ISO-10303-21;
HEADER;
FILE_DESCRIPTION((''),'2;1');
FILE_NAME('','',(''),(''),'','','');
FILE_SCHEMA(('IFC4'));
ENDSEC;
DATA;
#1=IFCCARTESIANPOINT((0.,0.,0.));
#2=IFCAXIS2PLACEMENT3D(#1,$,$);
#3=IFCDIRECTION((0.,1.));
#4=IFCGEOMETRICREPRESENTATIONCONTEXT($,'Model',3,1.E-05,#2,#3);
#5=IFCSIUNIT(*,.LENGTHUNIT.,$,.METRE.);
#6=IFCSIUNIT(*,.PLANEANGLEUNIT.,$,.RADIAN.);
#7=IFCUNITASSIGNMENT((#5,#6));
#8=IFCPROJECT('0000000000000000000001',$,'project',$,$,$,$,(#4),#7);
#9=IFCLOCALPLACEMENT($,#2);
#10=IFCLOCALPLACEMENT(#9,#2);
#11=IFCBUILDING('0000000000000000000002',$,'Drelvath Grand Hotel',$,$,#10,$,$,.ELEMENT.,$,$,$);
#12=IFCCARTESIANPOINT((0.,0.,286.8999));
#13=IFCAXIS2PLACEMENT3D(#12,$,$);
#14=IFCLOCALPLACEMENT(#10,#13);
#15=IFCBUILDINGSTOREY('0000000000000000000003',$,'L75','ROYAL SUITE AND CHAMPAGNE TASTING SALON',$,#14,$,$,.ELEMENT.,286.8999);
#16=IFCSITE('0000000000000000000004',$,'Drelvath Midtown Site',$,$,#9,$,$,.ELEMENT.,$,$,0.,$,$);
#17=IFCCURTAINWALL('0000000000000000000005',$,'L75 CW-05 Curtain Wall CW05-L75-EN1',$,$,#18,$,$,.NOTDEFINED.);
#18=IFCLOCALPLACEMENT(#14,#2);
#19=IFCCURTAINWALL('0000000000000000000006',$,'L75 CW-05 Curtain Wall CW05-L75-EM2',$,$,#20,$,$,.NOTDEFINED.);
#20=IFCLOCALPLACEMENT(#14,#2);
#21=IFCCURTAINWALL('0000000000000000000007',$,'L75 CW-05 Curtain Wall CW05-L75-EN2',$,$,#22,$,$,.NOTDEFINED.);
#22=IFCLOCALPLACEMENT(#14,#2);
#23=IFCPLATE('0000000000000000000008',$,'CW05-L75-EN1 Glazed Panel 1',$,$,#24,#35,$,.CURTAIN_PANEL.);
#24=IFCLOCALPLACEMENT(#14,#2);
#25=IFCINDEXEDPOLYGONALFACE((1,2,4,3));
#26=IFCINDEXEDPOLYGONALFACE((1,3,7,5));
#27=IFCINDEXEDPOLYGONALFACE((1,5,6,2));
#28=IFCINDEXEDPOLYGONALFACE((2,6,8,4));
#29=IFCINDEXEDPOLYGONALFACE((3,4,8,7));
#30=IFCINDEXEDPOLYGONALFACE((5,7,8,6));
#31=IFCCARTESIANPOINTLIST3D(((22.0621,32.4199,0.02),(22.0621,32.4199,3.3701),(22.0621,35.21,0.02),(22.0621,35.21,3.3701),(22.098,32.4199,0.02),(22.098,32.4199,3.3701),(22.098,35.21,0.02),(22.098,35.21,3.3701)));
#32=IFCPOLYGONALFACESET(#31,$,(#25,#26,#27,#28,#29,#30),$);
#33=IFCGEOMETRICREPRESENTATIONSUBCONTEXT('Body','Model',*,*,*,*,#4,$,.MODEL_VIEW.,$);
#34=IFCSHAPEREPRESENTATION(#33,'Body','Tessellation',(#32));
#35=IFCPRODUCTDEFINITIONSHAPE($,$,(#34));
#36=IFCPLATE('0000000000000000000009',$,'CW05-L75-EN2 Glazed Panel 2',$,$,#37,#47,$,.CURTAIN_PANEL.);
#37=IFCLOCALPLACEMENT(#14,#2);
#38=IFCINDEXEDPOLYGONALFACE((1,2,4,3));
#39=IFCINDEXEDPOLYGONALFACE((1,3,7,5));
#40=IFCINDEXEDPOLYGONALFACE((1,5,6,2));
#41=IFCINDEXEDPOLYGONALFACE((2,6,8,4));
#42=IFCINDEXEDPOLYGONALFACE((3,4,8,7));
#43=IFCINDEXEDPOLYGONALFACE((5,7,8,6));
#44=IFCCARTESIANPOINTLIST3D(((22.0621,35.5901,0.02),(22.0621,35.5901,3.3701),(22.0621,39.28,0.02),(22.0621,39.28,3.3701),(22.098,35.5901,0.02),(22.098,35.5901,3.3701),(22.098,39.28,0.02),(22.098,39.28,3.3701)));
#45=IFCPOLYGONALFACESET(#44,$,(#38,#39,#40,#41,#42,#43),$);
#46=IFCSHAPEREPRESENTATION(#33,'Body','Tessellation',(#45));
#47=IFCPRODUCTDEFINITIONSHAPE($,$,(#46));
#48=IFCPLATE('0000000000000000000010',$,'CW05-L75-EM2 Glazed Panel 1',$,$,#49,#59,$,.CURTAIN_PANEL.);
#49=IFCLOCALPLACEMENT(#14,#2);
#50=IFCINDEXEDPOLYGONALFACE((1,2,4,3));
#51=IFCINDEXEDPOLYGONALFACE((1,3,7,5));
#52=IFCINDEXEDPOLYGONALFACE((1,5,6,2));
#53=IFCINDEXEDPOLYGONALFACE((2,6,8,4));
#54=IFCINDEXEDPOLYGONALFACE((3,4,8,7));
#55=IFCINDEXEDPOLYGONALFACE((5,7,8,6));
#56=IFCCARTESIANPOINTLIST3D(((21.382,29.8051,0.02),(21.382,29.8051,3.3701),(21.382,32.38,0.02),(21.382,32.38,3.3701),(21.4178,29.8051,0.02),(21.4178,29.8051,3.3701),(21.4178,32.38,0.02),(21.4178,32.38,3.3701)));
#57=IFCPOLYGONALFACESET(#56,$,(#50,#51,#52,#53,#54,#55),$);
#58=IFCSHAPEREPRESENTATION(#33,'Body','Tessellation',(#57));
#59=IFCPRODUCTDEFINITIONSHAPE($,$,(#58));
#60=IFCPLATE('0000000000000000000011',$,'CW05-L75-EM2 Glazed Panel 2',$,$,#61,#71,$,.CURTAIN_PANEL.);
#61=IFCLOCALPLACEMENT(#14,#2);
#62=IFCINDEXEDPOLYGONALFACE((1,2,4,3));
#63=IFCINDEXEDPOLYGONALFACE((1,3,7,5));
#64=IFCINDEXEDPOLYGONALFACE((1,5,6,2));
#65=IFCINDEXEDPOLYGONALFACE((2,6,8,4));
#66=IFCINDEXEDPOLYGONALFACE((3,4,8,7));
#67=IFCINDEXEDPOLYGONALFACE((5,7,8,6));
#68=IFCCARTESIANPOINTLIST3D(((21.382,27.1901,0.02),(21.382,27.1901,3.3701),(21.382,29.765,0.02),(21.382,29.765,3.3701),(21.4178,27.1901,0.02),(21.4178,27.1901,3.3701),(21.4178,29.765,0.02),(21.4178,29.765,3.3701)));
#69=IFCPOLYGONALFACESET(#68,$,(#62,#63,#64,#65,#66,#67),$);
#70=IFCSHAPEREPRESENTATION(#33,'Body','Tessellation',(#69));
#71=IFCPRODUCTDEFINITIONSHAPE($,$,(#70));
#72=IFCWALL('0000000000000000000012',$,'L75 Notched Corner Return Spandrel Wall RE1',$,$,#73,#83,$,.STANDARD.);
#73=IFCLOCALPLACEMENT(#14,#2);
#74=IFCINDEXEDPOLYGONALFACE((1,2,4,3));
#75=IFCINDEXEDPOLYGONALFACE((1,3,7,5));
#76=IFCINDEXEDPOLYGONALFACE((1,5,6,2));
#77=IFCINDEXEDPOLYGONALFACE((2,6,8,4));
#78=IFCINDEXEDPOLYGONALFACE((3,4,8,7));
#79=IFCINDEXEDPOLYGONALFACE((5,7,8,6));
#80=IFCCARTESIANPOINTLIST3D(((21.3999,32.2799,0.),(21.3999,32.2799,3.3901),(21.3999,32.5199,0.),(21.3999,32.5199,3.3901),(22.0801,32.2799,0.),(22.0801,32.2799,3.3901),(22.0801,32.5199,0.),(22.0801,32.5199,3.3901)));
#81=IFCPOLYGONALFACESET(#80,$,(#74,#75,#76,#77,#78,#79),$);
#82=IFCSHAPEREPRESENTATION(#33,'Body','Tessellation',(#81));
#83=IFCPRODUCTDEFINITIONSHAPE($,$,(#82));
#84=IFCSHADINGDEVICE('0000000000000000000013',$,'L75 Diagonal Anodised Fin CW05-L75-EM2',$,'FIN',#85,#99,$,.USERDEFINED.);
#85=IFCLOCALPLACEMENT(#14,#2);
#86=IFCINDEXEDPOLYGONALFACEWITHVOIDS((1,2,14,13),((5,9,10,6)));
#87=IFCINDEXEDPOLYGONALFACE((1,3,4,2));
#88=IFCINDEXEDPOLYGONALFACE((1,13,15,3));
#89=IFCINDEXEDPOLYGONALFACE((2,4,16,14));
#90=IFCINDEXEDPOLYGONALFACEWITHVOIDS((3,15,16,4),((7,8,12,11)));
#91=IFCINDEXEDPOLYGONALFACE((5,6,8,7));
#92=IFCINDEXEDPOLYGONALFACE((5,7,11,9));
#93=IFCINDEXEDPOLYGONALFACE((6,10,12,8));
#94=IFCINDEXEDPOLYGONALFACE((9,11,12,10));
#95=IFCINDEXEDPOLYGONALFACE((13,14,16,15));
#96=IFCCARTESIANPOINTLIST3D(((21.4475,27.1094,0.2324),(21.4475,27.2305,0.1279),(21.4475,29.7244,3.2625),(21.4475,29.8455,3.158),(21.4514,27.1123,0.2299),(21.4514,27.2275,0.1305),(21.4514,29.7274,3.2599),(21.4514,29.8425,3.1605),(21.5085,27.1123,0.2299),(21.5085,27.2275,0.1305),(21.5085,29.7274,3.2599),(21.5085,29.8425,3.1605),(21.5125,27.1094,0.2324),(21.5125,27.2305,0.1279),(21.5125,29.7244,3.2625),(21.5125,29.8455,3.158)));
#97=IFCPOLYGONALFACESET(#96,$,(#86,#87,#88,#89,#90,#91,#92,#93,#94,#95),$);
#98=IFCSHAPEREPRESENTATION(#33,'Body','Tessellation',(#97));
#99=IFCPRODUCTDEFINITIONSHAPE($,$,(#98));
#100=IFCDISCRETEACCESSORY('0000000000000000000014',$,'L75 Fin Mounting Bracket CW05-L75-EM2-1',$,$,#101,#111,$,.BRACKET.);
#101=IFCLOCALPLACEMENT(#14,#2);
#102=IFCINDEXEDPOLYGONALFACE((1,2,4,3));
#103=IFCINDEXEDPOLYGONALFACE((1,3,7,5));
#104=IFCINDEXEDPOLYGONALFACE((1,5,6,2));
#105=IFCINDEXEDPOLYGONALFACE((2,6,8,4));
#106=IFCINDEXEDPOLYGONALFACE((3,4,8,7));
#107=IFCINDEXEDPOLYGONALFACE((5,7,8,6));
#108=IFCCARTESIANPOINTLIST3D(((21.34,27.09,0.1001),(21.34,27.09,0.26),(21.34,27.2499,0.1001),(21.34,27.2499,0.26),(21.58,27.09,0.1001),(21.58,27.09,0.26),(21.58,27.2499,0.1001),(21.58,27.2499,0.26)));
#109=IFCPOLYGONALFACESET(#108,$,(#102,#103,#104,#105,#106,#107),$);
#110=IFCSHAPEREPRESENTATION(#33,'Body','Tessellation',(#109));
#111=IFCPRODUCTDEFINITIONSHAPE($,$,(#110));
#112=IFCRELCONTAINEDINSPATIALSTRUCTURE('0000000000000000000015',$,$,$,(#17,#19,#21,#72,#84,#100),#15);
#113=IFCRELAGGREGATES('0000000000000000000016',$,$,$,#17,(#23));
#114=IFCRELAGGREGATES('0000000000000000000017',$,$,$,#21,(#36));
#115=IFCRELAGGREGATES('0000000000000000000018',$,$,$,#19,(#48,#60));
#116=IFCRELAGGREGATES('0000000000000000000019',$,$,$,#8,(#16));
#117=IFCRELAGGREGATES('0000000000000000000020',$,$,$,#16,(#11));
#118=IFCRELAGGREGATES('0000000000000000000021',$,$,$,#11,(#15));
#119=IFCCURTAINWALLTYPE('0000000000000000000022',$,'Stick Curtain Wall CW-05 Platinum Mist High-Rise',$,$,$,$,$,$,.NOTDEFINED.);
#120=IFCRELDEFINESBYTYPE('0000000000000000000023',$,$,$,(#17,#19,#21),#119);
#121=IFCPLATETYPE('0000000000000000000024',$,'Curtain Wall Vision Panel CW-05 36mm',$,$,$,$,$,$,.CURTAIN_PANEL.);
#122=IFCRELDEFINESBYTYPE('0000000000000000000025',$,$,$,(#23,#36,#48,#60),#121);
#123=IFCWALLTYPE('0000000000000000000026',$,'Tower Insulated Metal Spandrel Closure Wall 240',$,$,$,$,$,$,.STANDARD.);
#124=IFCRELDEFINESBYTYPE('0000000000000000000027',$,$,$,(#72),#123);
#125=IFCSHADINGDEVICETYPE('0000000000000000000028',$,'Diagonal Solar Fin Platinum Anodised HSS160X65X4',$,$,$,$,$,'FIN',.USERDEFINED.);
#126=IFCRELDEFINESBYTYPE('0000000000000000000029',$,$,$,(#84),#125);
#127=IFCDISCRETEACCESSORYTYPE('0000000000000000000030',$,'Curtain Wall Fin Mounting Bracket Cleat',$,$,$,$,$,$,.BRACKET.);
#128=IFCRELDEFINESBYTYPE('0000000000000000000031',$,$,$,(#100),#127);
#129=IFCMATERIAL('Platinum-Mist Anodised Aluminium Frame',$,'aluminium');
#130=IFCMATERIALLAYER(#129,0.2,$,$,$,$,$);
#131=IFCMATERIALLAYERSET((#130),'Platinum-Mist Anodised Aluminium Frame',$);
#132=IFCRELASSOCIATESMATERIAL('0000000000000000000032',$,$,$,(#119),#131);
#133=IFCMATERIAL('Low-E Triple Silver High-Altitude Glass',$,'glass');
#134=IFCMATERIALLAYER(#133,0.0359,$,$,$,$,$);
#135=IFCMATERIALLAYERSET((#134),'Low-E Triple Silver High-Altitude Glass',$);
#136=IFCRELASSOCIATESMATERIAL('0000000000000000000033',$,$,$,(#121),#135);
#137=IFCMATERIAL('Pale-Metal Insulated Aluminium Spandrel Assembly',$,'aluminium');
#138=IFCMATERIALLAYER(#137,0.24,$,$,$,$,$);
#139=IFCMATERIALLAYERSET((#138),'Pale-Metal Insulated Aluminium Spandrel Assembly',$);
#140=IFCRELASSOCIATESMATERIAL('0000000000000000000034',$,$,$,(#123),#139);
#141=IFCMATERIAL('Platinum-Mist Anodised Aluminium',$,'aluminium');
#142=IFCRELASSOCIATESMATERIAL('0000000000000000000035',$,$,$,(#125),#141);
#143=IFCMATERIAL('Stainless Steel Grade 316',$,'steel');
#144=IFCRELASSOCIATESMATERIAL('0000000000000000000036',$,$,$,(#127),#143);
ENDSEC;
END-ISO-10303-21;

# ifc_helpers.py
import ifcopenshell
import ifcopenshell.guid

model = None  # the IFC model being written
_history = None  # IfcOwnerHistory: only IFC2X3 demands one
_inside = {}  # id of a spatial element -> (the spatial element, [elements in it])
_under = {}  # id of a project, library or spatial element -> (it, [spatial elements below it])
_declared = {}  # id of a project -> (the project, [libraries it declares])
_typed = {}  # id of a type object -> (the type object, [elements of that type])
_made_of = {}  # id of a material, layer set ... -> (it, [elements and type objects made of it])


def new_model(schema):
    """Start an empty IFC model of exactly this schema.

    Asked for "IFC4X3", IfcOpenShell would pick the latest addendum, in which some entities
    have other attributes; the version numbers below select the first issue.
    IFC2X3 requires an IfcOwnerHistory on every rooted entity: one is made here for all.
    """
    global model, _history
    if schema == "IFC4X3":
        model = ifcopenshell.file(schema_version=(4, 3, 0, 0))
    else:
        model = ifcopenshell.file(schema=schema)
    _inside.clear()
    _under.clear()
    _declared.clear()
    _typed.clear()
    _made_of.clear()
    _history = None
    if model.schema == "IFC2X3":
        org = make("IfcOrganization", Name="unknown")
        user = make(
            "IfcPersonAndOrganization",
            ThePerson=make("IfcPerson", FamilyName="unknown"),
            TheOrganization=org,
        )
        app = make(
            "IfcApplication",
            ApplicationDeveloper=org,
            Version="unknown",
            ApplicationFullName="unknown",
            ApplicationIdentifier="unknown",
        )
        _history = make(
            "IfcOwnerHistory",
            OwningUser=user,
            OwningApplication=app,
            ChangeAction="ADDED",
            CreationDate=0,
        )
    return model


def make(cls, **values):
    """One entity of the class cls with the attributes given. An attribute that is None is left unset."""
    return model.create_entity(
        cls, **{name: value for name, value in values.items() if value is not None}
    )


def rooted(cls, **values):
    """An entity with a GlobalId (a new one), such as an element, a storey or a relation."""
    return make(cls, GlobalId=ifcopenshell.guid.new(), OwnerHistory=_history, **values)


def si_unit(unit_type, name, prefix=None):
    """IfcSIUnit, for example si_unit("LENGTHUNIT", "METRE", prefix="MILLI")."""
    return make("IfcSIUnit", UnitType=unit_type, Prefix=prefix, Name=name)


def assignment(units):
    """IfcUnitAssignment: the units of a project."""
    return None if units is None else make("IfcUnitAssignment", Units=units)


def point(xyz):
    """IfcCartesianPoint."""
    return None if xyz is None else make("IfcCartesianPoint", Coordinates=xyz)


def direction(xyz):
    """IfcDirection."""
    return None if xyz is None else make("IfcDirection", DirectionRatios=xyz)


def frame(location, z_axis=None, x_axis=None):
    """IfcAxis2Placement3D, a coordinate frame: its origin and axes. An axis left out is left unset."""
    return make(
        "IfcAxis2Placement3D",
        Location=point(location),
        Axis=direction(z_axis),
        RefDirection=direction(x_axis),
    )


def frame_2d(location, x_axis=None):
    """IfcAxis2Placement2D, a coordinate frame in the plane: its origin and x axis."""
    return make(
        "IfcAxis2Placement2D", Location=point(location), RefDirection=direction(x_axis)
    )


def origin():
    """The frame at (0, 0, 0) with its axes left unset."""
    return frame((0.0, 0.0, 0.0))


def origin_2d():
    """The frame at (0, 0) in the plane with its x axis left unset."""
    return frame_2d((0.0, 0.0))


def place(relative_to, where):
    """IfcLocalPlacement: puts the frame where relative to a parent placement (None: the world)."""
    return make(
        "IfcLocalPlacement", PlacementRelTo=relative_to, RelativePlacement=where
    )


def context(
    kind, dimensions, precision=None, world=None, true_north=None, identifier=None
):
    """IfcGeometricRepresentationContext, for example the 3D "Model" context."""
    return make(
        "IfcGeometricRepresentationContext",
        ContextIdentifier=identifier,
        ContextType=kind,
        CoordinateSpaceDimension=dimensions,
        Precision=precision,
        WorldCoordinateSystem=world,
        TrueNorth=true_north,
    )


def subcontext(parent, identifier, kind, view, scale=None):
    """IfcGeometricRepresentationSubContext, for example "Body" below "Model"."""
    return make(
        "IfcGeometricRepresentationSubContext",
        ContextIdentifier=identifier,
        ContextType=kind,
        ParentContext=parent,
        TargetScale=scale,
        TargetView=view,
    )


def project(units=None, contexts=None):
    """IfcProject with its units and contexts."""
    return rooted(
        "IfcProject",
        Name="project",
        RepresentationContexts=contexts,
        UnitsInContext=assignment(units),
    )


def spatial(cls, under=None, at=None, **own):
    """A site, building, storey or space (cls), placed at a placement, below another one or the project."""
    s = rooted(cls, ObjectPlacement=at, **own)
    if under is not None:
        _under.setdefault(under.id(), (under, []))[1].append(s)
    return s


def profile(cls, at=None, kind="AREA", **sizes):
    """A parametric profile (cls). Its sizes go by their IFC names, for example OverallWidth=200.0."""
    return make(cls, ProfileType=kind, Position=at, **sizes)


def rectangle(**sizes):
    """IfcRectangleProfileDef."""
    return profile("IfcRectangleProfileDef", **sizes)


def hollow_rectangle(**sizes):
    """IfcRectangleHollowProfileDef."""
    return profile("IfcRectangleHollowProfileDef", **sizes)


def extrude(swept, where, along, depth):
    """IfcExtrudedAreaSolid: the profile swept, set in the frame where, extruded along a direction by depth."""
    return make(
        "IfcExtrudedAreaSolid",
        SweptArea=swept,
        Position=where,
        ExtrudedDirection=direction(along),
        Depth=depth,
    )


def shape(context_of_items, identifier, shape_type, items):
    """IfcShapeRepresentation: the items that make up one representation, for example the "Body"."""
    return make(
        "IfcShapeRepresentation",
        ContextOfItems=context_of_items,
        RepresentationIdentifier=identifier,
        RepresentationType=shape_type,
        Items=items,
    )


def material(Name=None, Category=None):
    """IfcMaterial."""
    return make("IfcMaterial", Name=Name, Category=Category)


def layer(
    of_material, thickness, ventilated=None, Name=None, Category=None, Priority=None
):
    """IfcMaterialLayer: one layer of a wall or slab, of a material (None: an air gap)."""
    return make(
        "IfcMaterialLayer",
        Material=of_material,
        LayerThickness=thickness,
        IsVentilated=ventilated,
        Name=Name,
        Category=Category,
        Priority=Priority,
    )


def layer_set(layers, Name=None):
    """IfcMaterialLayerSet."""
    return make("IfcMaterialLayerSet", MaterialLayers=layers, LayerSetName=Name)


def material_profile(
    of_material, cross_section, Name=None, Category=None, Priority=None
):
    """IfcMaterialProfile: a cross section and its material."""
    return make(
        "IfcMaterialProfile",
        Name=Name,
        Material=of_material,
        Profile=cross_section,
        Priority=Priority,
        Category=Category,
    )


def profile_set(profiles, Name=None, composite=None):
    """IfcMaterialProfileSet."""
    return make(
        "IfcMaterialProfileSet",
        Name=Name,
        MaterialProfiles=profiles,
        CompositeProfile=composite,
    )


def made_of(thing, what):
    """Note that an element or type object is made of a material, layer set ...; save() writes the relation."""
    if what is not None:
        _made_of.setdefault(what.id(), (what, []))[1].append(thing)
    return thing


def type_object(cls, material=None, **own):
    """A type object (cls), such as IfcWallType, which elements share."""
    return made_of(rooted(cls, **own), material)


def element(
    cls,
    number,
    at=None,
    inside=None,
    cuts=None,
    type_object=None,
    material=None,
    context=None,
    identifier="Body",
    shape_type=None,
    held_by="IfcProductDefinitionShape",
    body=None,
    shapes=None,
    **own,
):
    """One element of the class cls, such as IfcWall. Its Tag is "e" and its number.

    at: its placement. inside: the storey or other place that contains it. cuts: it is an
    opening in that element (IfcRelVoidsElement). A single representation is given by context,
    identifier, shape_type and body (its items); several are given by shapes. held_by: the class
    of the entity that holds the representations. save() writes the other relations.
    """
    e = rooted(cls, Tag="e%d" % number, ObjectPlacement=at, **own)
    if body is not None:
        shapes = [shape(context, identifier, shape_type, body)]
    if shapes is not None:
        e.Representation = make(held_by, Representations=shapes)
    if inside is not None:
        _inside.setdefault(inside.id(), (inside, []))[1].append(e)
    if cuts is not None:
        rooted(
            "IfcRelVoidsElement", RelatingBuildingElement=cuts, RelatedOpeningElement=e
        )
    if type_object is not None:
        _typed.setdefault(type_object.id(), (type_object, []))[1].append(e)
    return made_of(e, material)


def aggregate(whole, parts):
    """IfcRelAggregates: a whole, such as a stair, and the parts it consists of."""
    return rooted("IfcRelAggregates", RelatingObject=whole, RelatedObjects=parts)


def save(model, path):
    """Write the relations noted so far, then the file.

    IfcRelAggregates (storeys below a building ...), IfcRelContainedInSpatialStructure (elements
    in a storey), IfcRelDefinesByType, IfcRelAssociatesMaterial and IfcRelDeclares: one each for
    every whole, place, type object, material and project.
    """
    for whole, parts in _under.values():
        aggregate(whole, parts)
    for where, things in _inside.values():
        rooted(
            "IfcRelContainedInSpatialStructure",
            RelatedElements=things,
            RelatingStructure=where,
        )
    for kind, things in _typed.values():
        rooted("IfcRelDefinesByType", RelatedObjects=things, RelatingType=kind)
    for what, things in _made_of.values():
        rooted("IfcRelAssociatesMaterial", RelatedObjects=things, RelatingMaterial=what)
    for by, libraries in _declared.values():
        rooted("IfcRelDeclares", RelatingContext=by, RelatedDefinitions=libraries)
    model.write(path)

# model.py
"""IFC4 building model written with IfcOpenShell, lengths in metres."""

from ifc_helpers import new_model, si_unit, direction, frame, frame_2d, origin, origin_2d, place, context, subcontext, project, spatial, rectangle, hollow_rectangle, extrude, material, layer, layer_set, material_profile, profile_set, type_object, element, aggregate, save


model = new_model("IFC4")

# Units and contexts
model_context = context("Model", 3, precision=1e-05, world=origin(), true_north=direction((0.0, 1.0)))
body_context = subcontext(model_context, "Body", "Model", "MODEL_VIEW")
ifc_project = project(units=[si_unit("LENGTHUNIT", "METRE"), si_unit("PLANEANGLEUNIT", "RADIAN")], contexts=[model_context])

# Site, building, storey
site_placement = place(None, origin())
site = spatial("IfcSite", under=ifc_project, at=site_placement, Name="Drelvath Midtown Site", CompositionType="ELEMENT", RefElevation=0.0)
building_placement = place(site_placement, origin())
building = spatial("IfcBuilding", under=site, at=building_placement, Name="Drelvath Grand Hotel", CompositionType="ELEMENT")
storey_placement = place(building_placement, frame((0.0, 0.0, 286.8999)))
storey = spatial("IfcBuildingStorey", under=building, at=storey_placement, Name="L75", Description="ROYAL SUITE AND CHAMPAGNE TASTING SALON", CompositionType="ELEMENT", Elevation=286.8999)

# Curtain walls
ifc_material_1 = material(Name="Platinum-Mist Anodised Aluminium Frame", Category="aluminium")
ifc_layer_1 = layer(ifc_material_1, 0.2)
ifc_layer_set_1 = layer_set([ifc_layer_1], Name="Platinum-Mist Anodised Aluminium Frame")
curtain_wall_type = type_object("IfcCurtainWallType", Name="Stick Curtain Wall CW-05 Platinum Mist High-Rise", PredefinedType="NOTDEFINED", material=ifc_layer_set_1)
curtain_wall_1_placement = place(storey_placement, origin())
curtain_wall_1 = element("IfcCurtainWall", 1, at=curtain_wall_1_placement, inside=storey, type_object=curtain_wall_type, Name="L75 CW-05 Curtain Wall CW05-L75-EN1", PredefinedType="NOTDEFINED")
curtain_wall_2_placement = place(storey_placement, origin())
curtain_wall_2 = element("IfcCurtainWall", 2, at=curtain_wall_2_placement, inside=storey, type_object=curtain_wall_type, Name="L75 CW-05 Curtain Wall CW05-L75-EM2", PredefinedType="NOTDEFINED")

# Curtain wall
curtain_wall_3_placement = place(storey_placement, origin())
curtain_wall_3 = element("IfcCurtainWall", 3, at=curtain_wall_3_placement, inside=storey, type_object=curtain_wall_type, Name="L75 CW-05 Curtain Wall CW05-L75-EN2", PredefinedType="NOTDEFINED")

# Plates
ifc_material_2 = material(Name="Low-E Triple Silver High-Altitude Glass", Category="glass")
ifc_layer_2 = layer(ifc_material_2, 0.0359)
ifc_layer_set_2 = layer_set([ifc_layer_2], Name="Low-E Triple Silver High-Altitude Glass")
plate_type = type_object("IfcPlateType", Name="Curtain Wall Vision Panel CW-05 36mm", PredefinedType="CURTAIN_PANEL", material=ifc_layer_set_2)
plate_1_placement = place(storey_placement, frame((22.0801, 33.8149, 0.02), z_axis=(0.0, 0.0, 1.0), x_axis=(0.0, -1.0, 0.0)))
plate_1 = element("IfcPlate", 4, at=plate_1_placement, type_object=plate_type, Name="CW05-L75-EN1 Glazed Panel 1", PredefinedType="CURTAIN_PANEL", context=body_context, shape_type="SweptSolid", body=[
    extrude(rectangle(XDim=2.79, YDim=0.0359, at=origin_2d()), origin(), (0.0, 0.0, 1.0), 3.3501),
])
aggregate(curtain_wall_1, [plate_1])
plate_2_placement = place(storey_placement, frame((22.0801, 37.4351, 0.02), z_axis=(0.0, 0.0, 1.0), x_axis=(0.0, -1.0, 0.0)))
plate_2 = element("IfcPlate", 5, at=plate_2_placement, type_object=plate_type, Name="CW05-L75-EN2 Glazed Panel 2", PredefinedType="CURTAIN_PANEL", context=body_context, shape_type="SweptSolid", body=[
    extrude(rectangle(XDim=3.6899, YDim=0.0359, at=origin_2d()), origin(), (0.0, 0.0, 1.0), 3.3501),
])
aggregate(curtain_wall_3, [plate_2])
plate_3_placement = place(storey_placement, frame((21.3999, 31.0925, 0.02), z_axis=(0.0, 0.0, 1.0), x_axis=(0.0, -1.0, 0.0)))
plate_3 = element("IfcPlate", 6, at=plate_3_placement, type_object=plate_type, Name="CW05-L75-EM2 Glazed Panel 1", PredefinedType="CURTAIN_PANEL", context=body_context, shape_type="SweptSolid", body=[
    extrude(rectangle(XDim=2.575, YDim=0.0359, at=origin_2d()), origin(), (0.0, 0.0, 1.0), 3.3501),
])
plate_4_placement = place(storey_placement, frame((21.3999, 28.4775, 0.02), z_axis=(0.0, 0.0, 1.0), x_axis=(0.0, -1.0, 0.0)))
plate_4 = element("IfcPlate", 7, at=plate_4_placement, type_object=plate_type, Name="CW05-L75-EM2 Glazed Panel 2", PredefinedType="CURTAIN_PANEL", context=body_context, shape_type="SweptSolid", body=[
    extrude(rectangle(XDim=2.575, YDim=0.0359, at=origin_2d()), origin(), (0.0, 0.0, 1.0), 3.3501),
])
aggregate(curtain_wall_2, [plate_3, plate_4])

# Wall
ifc_material_3 = material(Name="Pale-Metal Insulated Aluminium Spandrel Assembly", Category="aluminium")
ifc_layer_3 = layer(ifc_material_3, 0.24)
ifc_layer_set_3 = layer_set([ifc_layer_3], Name="Pale-Metal Insulated Aluminium Spandrel Assembly")
wall_type = type_object("IfcWallType", Name="Tower Insulated Metal Spandrel Closure Wall 240", PredefinedType="STANDARD", material=ifc_layer_set_3)
wall_placement = place(storey_placement, frame((22.0801, 32.3999, 0.0), z_axis=(0.0, 0.0, 1.0), x_axis=(-1.0, 0.0, 0.0)))
element("IfcWall", 8, at=wall_placement, inside=storey, type_object=wall_type, Name="L75 Notched Corner Return Spandrel Wall RE1", PredefinedType="STANDARD", context=body_context, shape_type="SweptSolid", body=[
    extrude(rectangle(XDim=0.6802, YDim=0.24, at=frame_2d((0.3401, 0.0))), origin(), (0.0, 0.0, 1.0), 3.3901),
])

# Shading device
ifc_material_4 = material(Name="Platinum-Mist Anodised Aluminium", Category="aluminium")
ifc_material_profile_1 = material_profile(ifc_material_4, hollow_rectangle(XDim=0.0649, YDim=0.1599, WallThickness=0.0039, at=origin_2d()), Name="HSS160X65X4")
ifc_profile_set_1 = profile_set([ifc_material_profile_1], Name="Platinum-Mist Anodised Aluminium")
shading_device_type = type_object("IfcShadingDeviceType", Name="Diagonal Solar Fin Platinum Anodised HSS160X65X4", ElementType="FIN", PredefinedType="USERDEFINED", material=ifc_profile_set_1)
shading_device_placement = place(storey_placement, frame((21.48, 27.1699, 0.1802), z_axis=(0.0, 0.653355, 0.757052), x_axis=(-1.0, 0.0, 0.0)))
element("IfcShadingDevice", 9, at=shading_device_placement, inside=storey, type_object=shading_device_type, Name="L75 Diagonal Anodised Fin CW05-L75-EM2", ObjectType="FIN", PredefinedType="USERDEFINED", context=body_context, shape_type="SweptSolid", body=[
    extrude(hollow_rectangle(XDim=0.0649, YDim=0.1599, WallThickness=0.0039, at=origin_2d()), origin(), (0.0, 0.0, 1.0), 4.0024),
])

# Discrete accessory
ifc_material_5 = material(Name="Stainless Steel Grade 316", Category="steel")
discrete_accessory_type = type_object("IfcDiscreteAccessoryType", Name="Curtain Wall Fin Mounting Bracket Cleat", PredefinedType="BRACKET", material=ifc_material_5)
discrete_accessory_placement = place(storey_placement, frame((21.46, 27.1699, 0.1001), z_axis=(0.0, 0.0, 1.0), x_axis=(0.0, -1.0, 0.0)))
element("IfcDiscreteAccessory", 10, at=discrete_accessory_placement, inside=storey, type_object=discrete_accessory_type, Name="L75 Fin Mounting Bracket CW05-L75-EM2-1", PredefinedType="BRACKET", context=body_context, shape_type="SweptSolid", body=[
    extrude(rectangle(XDim=0.1599, YDim=0.24, at=origin_2d()), origin(), (0.0, 0.0, 1.0), 0.1599),
])

save(model, "model.ifc")
